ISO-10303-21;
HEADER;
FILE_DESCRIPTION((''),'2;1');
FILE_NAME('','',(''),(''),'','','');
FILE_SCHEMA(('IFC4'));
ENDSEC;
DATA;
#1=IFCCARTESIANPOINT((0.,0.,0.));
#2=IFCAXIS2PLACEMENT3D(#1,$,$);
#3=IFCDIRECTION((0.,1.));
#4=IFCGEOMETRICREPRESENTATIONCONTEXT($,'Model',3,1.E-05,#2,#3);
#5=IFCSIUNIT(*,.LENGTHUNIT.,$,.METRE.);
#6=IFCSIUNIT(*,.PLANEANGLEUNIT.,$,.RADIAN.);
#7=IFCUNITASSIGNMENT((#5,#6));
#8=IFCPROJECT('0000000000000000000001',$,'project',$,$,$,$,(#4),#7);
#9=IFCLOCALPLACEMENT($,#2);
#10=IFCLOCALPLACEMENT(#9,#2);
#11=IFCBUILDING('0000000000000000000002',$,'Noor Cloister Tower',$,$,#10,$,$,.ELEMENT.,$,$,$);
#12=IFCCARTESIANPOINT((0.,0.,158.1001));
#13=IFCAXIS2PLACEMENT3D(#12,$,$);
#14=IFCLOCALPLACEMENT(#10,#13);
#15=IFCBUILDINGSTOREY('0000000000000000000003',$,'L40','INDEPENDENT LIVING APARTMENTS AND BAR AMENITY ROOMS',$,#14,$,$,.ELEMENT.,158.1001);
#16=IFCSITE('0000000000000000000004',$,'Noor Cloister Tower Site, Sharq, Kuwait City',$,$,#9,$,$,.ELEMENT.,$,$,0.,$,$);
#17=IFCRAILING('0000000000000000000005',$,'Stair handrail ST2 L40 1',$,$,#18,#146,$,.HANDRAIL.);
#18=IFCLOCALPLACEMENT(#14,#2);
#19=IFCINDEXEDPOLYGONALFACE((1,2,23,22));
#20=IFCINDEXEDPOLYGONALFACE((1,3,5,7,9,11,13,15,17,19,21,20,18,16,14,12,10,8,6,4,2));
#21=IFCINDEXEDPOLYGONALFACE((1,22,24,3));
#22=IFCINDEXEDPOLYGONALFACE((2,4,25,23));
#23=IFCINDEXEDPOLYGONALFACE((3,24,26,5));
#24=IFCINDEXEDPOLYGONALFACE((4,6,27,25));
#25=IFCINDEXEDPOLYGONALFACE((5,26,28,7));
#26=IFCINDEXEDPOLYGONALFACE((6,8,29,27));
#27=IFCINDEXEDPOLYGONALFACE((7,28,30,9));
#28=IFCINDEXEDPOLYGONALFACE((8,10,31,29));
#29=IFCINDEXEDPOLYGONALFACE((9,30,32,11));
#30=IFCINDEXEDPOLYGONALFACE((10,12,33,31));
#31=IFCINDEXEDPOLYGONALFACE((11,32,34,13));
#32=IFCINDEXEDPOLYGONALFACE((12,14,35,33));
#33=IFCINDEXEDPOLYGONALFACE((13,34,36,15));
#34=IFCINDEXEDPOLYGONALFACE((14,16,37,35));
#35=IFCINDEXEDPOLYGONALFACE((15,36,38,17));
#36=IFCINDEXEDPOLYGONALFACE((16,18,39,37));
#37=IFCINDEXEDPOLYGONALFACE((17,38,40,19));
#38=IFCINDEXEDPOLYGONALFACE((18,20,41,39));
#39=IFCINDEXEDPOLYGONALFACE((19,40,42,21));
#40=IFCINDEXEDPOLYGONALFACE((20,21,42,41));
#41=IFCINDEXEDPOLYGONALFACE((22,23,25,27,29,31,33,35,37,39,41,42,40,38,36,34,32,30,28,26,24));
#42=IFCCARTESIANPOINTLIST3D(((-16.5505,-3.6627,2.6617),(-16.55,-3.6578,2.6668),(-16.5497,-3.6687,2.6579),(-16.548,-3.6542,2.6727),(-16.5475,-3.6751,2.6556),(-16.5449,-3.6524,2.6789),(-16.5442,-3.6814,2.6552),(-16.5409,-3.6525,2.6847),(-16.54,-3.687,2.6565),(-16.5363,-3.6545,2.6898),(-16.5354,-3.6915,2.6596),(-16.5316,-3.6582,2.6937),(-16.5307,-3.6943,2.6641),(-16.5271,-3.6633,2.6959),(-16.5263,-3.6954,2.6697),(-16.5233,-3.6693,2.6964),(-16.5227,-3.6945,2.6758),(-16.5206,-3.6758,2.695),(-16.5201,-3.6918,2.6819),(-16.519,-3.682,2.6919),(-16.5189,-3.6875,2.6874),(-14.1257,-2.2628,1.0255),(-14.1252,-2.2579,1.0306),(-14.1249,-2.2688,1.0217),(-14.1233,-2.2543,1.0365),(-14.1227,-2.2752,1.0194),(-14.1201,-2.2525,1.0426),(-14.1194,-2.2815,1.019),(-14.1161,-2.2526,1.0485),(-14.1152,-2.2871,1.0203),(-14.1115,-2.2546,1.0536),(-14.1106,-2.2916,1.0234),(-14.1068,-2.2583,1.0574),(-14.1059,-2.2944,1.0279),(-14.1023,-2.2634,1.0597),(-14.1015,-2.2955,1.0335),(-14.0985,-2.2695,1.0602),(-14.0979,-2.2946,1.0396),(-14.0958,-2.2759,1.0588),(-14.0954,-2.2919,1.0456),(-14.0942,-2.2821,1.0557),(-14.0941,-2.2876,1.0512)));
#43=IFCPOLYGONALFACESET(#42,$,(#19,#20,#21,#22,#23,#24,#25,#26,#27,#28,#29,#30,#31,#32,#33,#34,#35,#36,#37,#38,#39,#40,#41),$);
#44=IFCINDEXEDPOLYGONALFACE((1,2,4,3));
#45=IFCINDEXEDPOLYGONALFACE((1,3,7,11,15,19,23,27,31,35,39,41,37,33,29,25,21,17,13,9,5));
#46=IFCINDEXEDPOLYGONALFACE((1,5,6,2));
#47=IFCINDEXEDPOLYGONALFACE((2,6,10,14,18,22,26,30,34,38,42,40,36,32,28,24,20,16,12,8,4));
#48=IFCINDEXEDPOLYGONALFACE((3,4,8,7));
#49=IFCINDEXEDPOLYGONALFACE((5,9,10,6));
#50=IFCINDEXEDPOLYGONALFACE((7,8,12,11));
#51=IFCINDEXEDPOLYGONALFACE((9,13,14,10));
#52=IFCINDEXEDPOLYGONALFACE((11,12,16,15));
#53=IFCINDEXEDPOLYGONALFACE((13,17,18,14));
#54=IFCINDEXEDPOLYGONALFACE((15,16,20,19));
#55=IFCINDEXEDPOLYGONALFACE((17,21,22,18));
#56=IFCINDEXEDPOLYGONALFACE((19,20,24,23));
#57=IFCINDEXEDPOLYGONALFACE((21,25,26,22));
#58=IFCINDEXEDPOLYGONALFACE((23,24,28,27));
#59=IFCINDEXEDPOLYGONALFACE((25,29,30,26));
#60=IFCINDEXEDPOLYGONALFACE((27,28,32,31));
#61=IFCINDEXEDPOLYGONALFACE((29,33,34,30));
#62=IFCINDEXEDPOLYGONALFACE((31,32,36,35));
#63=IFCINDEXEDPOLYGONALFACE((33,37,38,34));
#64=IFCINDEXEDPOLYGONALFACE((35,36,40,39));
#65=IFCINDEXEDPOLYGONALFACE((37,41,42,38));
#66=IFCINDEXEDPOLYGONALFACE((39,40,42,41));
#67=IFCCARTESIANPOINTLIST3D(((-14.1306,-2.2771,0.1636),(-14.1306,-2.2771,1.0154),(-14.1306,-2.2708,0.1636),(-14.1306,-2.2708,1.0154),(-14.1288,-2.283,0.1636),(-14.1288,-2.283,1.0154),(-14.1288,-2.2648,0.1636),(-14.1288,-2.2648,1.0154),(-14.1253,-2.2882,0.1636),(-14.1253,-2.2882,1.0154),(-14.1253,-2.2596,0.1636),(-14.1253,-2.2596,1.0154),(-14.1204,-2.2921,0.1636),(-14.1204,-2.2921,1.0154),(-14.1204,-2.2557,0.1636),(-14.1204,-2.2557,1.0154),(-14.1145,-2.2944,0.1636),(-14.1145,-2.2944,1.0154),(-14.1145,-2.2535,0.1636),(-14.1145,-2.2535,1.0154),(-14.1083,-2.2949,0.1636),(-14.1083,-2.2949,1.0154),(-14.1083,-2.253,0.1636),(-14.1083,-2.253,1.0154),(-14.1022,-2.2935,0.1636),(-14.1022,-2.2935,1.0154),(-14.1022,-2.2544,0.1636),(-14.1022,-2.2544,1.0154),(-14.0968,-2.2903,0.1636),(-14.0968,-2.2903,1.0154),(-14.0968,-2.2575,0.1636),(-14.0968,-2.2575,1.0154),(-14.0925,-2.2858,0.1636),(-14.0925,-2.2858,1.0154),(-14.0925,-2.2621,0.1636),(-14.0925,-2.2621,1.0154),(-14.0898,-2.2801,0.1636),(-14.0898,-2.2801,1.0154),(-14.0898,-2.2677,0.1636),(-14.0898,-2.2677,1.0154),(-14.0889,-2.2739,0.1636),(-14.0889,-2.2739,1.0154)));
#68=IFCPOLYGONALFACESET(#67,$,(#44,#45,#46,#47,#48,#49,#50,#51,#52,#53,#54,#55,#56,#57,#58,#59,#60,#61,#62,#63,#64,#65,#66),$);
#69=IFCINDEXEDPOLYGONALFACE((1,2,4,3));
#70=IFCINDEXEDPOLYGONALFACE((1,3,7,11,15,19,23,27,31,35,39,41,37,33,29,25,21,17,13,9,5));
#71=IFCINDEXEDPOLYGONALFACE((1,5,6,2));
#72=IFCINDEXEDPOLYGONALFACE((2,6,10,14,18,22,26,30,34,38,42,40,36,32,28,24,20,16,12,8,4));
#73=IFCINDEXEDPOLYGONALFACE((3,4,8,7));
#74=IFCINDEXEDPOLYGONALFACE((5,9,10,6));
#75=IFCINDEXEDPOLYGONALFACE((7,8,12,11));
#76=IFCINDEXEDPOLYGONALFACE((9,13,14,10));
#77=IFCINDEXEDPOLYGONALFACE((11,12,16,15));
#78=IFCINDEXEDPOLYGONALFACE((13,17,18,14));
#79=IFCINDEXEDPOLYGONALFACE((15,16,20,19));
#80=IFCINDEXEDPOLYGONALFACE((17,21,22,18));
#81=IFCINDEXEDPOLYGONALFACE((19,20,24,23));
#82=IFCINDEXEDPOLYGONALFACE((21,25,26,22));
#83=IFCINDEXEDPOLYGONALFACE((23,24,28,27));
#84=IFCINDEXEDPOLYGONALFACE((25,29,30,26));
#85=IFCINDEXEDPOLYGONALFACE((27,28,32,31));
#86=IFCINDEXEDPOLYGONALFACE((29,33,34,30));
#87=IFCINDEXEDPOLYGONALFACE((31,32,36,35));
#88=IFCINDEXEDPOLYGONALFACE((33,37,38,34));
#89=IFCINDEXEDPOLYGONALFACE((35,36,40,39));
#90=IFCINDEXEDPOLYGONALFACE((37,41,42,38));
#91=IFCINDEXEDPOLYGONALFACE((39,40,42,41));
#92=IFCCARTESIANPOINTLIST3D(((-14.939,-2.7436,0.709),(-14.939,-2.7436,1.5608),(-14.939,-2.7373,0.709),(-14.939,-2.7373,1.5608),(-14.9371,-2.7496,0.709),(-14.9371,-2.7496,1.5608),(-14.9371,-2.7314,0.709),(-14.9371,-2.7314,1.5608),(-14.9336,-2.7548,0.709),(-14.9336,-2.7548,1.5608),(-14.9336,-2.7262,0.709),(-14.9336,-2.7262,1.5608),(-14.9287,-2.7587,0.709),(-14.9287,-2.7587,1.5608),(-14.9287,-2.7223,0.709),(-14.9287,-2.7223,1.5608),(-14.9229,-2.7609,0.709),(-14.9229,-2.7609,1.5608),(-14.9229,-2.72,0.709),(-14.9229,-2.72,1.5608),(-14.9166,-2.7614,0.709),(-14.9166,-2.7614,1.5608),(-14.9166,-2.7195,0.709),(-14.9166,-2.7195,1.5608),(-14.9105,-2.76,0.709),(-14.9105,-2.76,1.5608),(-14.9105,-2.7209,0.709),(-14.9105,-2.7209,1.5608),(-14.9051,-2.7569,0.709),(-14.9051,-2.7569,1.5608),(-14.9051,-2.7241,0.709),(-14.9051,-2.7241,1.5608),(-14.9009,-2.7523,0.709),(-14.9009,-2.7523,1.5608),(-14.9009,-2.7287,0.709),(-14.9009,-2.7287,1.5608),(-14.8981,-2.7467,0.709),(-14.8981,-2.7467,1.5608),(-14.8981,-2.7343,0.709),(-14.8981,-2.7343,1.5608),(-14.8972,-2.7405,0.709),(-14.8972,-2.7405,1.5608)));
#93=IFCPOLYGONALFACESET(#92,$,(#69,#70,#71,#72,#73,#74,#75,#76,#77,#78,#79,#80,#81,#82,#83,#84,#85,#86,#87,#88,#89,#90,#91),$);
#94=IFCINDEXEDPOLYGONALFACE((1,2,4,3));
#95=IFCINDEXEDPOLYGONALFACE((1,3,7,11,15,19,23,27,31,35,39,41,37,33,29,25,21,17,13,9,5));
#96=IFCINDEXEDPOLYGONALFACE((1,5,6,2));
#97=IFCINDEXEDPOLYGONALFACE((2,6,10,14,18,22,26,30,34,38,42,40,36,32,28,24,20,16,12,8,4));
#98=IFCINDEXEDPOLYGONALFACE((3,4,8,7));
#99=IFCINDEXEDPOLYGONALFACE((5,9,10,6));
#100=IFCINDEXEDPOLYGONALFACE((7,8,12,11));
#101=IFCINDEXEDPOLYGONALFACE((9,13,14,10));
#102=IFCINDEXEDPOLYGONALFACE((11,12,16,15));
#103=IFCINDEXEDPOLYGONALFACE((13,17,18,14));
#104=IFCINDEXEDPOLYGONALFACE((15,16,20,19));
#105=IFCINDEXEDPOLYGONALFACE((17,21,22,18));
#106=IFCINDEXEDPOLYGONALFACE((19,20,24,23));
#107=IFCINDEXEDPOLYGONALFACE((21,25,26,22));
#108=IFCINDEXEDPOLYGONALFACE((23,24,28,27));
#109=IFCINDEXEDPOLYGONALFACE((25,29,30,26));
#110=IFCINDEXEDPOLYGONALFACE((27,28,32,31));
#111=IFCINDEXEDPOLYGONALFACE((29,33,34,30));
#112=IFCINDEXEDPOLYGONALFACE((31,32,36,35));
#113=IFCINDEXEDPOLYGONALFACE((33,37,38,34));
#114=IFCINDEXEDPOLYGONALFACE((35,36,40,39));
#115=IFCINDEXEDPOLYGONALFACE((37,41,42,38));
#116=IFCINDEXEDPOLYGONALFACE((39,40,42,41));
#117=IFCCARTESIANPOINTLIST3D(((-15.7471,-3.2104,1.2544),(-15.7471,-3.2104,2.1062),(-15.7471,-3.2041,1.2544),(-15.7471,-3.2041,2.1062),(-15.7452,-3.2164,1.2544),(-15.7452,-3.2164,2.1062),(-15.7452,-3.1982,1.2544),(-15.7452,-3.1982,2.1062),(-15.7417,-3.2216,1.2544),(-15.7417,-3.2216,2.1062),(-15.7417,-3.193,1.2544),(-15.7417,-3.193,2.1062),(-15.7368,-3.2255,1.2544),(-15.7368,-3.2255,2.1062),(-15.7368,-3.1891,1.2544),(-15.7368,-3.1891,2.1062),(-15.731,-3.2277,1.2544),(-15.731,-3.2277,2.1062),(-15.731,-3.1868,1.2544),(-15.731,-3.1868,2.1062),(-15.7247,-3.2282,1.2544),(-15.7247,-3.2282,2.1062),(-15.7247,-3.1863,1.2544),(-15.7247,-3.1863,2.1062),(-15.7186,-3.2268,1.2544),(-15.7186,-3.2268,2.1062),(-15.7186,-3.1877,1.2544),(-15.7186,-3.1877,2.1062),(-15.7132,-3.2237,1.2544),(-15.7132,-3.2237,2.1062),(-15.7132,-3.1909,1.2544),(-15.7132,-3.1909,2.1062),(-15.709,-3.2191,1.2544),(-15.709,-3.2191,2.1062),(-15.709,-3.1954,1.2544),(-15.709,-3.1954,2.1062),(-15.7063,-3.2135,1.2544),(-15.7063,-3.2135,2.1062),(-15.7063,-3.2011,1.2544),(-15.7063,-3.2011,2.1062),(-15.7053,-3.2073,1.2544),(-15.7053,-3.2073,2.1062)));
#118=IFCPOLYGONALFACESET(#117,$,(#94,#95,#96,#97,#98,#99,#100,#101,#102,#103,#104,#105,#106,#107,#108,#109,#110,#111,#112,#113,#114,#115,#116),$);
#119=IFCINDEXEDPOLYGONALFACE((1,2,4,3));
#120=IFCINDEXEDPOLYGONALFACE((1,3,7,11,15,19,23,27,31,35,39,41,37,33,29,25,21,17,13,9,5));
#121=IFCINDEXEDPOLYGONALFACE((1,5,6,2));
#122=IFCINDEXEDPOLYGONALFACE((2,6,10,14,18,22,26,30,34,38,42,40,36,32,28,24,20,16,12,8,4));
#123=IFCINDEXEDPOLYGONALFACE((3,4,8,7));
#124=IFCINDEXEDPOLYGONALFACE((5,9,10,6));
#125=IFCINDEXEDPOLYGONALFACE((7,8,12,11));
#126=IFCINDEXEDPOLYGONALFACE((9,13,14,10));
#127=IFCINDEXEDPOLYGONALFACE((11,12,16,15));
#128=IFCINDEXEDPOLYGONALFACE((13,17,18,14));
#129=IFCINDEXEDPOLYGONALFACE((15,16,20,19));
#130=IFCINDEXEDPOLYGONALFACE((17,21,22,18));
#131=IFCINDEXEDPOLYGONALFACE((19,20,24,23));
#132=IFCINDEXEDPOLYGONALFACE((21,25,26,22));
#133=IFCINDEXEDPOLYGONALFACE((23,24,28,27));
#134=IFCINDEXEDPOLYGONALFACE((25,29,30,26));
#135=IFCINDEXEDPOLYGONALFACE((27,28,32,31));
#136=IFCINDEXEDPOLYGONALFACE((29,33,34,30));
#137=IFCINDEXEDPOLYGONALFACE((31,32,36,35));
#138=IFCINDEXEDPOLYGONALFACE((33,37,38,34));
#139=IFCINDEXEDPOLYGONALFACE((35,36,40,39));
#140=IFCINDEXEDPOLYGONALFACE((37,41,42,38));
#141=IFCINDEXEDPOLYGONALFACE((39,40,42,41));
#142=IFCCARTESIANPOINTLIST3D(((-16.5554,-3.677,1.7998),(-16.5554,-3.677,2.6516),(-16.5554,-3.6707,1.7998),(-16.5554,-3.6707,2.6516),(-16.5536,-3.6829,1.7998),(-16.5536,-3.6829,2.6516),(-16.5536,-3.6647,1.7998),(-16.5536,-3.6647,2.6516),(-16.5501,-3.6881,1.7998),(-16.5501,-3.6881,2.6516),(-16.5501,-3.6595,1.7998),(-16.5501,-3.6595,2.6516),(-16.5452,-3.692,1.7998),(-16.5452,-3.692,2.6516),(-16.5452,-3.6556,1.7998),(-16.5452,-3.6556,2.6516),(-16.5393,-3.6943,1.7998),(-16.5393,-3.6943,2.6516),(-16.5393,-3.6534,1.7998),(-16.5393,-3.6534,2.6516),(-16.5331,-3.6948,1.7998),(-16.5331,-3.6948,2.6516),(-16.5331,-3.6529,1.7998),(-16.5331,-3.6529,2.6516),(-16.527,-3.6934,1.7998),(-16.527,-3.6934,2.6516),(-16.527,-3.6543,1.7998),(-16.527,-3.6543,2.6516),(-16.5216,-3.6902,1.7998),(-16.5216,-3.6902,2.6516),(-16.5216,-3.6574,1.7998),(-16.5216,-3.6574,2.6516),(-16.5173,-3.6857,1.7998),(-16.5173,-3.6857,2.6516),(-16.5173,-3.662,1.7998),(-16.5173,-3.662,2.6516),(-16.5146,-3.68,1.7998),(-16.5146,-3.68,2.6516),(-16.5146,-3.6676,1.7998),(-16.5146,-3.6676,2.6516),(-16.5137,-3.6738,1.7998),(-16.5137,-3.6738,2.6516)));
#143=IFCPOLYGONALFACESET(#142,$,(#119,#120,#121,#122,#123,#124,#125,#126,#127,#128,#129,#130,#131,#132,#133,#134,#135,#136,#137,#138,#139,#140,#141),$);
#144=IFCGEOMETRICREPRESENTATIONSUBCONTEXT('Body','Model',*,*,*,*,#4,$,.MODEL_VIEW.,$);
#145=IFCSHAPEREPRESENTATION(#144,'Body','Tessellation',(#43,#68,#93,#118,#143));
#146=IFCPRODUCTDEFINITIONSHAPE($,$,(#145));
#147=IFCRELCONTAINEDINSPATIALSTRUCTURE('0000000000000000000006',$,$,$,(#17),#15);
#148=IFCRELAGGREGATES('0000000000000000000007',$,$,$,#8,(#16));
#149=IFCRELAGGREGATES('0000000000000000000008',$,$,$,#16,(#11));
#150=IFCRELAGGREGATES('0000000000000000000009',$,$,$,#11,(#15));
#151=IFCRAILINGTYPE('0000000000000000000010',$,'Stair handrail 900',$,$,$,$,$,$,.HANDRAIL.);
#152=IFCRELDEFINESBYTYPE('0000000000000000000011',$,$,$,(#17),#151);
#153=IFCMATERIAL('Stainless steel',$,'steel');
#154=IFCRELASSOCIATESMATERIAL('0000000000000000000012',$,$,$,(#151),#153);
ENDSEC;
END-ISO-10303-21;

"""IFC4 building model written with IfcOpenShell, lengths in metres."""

from ifc_helpers import new_model, si_unit, direction, frame, origin, origin_2d, place, context, subcontext, project, spatial, circle, extrude, material, type_object, element, save


model = new_model("IFC4")

# Units and contexts
model_context = context("Model", 3, precision=1e-05, world=origin(), true_north=direction((0.0, 1.0)))
body_context = subcontext(model_context, "Body", "Model", "MODEL_VIEW")
ifc_project = project(units=[si_unit("LENGTHUNIT", "METRE"), si_unit("PLANEANGLEUNIT", "RADIAN")], contexts=[model_context])

# Site, building, storey
site_placement = place(None, origin())
site = spatial("IfcSite", under=ifc_project, at=site_placement, Name="Noor Cloister Tower Site, Sharq, Kuwait City", CompositionType="ELEMENT", RefElevation=0.0)
building_placement = place(site_placement, origin())
building = spatial("IfcBuilding", under=site, at=building_placement, Name="Noor Cloister Tower", CompositionType="ELEMENT")
storey_placement = place(building_placement, frame((0.0, 0.0, 158.1001)))
storey = spatial("IfcBuildingStorey", under=building, at=storey_placement, Name="L40", Description="INDEPENDENT LIVING APARTMENTS AND BAR AMENITY ROOMS", CompositionType="ELEMENT", Elevation=158.1001)

# Railing
ifc_material_1 = material(Name="Stainless steel", Category="steel")
railing_type_1 = type_object("IfcRailingType", Name="Stair handrail 900", PredefinedType="HANDRAIL", material=ifc_material_1)
railing_1_placement = place(storey_placement, frame((-14.1099, -2.2739, 0.1636)))
element("IfcRailing", 1, at=railing_1_placement, inside=storey, type_object=railing_type_1, Name="Stair handrail ST2 L40 1", PredefinedType="HANDRAIL", context=body_context, shape_type="SweptSolid", body=[
    extrude(circle(Radius=0.0239, at=origin_2d()), frame((0.0, 0.0, 0.876), z_axis=(-0.747718, -0.431677, 0.504552), x_axis=(0.499984, -0.866035, 0.0)), (0.0, 0.0, 1.0), 3.2429),
    extrude(circle(Radius=0.021, at=origin_2d()), origin(), (0.0, 0.0, 1.0), 0.8518),
    extrude(circle(Radius=0.021, at=origin_2d()), frame((-0.8083, -0.4666, 0.5454)), (0.0, 0.0, 1.0), 0.8518),
    extrude(circle(Radius=0.021, at=origin_2d()), frame((-1.6165, -0.9333, 1.0908)), (0.0, 0.0, 1.0), 0.8518),
    extrude(circle(Radius=0.021, at=origin_2d()), frame((-2.4248, -1.3999, 1.6362)), (0.0, 0.0, 1.0), 0.8518),
])

save(model, "model.ifc")
